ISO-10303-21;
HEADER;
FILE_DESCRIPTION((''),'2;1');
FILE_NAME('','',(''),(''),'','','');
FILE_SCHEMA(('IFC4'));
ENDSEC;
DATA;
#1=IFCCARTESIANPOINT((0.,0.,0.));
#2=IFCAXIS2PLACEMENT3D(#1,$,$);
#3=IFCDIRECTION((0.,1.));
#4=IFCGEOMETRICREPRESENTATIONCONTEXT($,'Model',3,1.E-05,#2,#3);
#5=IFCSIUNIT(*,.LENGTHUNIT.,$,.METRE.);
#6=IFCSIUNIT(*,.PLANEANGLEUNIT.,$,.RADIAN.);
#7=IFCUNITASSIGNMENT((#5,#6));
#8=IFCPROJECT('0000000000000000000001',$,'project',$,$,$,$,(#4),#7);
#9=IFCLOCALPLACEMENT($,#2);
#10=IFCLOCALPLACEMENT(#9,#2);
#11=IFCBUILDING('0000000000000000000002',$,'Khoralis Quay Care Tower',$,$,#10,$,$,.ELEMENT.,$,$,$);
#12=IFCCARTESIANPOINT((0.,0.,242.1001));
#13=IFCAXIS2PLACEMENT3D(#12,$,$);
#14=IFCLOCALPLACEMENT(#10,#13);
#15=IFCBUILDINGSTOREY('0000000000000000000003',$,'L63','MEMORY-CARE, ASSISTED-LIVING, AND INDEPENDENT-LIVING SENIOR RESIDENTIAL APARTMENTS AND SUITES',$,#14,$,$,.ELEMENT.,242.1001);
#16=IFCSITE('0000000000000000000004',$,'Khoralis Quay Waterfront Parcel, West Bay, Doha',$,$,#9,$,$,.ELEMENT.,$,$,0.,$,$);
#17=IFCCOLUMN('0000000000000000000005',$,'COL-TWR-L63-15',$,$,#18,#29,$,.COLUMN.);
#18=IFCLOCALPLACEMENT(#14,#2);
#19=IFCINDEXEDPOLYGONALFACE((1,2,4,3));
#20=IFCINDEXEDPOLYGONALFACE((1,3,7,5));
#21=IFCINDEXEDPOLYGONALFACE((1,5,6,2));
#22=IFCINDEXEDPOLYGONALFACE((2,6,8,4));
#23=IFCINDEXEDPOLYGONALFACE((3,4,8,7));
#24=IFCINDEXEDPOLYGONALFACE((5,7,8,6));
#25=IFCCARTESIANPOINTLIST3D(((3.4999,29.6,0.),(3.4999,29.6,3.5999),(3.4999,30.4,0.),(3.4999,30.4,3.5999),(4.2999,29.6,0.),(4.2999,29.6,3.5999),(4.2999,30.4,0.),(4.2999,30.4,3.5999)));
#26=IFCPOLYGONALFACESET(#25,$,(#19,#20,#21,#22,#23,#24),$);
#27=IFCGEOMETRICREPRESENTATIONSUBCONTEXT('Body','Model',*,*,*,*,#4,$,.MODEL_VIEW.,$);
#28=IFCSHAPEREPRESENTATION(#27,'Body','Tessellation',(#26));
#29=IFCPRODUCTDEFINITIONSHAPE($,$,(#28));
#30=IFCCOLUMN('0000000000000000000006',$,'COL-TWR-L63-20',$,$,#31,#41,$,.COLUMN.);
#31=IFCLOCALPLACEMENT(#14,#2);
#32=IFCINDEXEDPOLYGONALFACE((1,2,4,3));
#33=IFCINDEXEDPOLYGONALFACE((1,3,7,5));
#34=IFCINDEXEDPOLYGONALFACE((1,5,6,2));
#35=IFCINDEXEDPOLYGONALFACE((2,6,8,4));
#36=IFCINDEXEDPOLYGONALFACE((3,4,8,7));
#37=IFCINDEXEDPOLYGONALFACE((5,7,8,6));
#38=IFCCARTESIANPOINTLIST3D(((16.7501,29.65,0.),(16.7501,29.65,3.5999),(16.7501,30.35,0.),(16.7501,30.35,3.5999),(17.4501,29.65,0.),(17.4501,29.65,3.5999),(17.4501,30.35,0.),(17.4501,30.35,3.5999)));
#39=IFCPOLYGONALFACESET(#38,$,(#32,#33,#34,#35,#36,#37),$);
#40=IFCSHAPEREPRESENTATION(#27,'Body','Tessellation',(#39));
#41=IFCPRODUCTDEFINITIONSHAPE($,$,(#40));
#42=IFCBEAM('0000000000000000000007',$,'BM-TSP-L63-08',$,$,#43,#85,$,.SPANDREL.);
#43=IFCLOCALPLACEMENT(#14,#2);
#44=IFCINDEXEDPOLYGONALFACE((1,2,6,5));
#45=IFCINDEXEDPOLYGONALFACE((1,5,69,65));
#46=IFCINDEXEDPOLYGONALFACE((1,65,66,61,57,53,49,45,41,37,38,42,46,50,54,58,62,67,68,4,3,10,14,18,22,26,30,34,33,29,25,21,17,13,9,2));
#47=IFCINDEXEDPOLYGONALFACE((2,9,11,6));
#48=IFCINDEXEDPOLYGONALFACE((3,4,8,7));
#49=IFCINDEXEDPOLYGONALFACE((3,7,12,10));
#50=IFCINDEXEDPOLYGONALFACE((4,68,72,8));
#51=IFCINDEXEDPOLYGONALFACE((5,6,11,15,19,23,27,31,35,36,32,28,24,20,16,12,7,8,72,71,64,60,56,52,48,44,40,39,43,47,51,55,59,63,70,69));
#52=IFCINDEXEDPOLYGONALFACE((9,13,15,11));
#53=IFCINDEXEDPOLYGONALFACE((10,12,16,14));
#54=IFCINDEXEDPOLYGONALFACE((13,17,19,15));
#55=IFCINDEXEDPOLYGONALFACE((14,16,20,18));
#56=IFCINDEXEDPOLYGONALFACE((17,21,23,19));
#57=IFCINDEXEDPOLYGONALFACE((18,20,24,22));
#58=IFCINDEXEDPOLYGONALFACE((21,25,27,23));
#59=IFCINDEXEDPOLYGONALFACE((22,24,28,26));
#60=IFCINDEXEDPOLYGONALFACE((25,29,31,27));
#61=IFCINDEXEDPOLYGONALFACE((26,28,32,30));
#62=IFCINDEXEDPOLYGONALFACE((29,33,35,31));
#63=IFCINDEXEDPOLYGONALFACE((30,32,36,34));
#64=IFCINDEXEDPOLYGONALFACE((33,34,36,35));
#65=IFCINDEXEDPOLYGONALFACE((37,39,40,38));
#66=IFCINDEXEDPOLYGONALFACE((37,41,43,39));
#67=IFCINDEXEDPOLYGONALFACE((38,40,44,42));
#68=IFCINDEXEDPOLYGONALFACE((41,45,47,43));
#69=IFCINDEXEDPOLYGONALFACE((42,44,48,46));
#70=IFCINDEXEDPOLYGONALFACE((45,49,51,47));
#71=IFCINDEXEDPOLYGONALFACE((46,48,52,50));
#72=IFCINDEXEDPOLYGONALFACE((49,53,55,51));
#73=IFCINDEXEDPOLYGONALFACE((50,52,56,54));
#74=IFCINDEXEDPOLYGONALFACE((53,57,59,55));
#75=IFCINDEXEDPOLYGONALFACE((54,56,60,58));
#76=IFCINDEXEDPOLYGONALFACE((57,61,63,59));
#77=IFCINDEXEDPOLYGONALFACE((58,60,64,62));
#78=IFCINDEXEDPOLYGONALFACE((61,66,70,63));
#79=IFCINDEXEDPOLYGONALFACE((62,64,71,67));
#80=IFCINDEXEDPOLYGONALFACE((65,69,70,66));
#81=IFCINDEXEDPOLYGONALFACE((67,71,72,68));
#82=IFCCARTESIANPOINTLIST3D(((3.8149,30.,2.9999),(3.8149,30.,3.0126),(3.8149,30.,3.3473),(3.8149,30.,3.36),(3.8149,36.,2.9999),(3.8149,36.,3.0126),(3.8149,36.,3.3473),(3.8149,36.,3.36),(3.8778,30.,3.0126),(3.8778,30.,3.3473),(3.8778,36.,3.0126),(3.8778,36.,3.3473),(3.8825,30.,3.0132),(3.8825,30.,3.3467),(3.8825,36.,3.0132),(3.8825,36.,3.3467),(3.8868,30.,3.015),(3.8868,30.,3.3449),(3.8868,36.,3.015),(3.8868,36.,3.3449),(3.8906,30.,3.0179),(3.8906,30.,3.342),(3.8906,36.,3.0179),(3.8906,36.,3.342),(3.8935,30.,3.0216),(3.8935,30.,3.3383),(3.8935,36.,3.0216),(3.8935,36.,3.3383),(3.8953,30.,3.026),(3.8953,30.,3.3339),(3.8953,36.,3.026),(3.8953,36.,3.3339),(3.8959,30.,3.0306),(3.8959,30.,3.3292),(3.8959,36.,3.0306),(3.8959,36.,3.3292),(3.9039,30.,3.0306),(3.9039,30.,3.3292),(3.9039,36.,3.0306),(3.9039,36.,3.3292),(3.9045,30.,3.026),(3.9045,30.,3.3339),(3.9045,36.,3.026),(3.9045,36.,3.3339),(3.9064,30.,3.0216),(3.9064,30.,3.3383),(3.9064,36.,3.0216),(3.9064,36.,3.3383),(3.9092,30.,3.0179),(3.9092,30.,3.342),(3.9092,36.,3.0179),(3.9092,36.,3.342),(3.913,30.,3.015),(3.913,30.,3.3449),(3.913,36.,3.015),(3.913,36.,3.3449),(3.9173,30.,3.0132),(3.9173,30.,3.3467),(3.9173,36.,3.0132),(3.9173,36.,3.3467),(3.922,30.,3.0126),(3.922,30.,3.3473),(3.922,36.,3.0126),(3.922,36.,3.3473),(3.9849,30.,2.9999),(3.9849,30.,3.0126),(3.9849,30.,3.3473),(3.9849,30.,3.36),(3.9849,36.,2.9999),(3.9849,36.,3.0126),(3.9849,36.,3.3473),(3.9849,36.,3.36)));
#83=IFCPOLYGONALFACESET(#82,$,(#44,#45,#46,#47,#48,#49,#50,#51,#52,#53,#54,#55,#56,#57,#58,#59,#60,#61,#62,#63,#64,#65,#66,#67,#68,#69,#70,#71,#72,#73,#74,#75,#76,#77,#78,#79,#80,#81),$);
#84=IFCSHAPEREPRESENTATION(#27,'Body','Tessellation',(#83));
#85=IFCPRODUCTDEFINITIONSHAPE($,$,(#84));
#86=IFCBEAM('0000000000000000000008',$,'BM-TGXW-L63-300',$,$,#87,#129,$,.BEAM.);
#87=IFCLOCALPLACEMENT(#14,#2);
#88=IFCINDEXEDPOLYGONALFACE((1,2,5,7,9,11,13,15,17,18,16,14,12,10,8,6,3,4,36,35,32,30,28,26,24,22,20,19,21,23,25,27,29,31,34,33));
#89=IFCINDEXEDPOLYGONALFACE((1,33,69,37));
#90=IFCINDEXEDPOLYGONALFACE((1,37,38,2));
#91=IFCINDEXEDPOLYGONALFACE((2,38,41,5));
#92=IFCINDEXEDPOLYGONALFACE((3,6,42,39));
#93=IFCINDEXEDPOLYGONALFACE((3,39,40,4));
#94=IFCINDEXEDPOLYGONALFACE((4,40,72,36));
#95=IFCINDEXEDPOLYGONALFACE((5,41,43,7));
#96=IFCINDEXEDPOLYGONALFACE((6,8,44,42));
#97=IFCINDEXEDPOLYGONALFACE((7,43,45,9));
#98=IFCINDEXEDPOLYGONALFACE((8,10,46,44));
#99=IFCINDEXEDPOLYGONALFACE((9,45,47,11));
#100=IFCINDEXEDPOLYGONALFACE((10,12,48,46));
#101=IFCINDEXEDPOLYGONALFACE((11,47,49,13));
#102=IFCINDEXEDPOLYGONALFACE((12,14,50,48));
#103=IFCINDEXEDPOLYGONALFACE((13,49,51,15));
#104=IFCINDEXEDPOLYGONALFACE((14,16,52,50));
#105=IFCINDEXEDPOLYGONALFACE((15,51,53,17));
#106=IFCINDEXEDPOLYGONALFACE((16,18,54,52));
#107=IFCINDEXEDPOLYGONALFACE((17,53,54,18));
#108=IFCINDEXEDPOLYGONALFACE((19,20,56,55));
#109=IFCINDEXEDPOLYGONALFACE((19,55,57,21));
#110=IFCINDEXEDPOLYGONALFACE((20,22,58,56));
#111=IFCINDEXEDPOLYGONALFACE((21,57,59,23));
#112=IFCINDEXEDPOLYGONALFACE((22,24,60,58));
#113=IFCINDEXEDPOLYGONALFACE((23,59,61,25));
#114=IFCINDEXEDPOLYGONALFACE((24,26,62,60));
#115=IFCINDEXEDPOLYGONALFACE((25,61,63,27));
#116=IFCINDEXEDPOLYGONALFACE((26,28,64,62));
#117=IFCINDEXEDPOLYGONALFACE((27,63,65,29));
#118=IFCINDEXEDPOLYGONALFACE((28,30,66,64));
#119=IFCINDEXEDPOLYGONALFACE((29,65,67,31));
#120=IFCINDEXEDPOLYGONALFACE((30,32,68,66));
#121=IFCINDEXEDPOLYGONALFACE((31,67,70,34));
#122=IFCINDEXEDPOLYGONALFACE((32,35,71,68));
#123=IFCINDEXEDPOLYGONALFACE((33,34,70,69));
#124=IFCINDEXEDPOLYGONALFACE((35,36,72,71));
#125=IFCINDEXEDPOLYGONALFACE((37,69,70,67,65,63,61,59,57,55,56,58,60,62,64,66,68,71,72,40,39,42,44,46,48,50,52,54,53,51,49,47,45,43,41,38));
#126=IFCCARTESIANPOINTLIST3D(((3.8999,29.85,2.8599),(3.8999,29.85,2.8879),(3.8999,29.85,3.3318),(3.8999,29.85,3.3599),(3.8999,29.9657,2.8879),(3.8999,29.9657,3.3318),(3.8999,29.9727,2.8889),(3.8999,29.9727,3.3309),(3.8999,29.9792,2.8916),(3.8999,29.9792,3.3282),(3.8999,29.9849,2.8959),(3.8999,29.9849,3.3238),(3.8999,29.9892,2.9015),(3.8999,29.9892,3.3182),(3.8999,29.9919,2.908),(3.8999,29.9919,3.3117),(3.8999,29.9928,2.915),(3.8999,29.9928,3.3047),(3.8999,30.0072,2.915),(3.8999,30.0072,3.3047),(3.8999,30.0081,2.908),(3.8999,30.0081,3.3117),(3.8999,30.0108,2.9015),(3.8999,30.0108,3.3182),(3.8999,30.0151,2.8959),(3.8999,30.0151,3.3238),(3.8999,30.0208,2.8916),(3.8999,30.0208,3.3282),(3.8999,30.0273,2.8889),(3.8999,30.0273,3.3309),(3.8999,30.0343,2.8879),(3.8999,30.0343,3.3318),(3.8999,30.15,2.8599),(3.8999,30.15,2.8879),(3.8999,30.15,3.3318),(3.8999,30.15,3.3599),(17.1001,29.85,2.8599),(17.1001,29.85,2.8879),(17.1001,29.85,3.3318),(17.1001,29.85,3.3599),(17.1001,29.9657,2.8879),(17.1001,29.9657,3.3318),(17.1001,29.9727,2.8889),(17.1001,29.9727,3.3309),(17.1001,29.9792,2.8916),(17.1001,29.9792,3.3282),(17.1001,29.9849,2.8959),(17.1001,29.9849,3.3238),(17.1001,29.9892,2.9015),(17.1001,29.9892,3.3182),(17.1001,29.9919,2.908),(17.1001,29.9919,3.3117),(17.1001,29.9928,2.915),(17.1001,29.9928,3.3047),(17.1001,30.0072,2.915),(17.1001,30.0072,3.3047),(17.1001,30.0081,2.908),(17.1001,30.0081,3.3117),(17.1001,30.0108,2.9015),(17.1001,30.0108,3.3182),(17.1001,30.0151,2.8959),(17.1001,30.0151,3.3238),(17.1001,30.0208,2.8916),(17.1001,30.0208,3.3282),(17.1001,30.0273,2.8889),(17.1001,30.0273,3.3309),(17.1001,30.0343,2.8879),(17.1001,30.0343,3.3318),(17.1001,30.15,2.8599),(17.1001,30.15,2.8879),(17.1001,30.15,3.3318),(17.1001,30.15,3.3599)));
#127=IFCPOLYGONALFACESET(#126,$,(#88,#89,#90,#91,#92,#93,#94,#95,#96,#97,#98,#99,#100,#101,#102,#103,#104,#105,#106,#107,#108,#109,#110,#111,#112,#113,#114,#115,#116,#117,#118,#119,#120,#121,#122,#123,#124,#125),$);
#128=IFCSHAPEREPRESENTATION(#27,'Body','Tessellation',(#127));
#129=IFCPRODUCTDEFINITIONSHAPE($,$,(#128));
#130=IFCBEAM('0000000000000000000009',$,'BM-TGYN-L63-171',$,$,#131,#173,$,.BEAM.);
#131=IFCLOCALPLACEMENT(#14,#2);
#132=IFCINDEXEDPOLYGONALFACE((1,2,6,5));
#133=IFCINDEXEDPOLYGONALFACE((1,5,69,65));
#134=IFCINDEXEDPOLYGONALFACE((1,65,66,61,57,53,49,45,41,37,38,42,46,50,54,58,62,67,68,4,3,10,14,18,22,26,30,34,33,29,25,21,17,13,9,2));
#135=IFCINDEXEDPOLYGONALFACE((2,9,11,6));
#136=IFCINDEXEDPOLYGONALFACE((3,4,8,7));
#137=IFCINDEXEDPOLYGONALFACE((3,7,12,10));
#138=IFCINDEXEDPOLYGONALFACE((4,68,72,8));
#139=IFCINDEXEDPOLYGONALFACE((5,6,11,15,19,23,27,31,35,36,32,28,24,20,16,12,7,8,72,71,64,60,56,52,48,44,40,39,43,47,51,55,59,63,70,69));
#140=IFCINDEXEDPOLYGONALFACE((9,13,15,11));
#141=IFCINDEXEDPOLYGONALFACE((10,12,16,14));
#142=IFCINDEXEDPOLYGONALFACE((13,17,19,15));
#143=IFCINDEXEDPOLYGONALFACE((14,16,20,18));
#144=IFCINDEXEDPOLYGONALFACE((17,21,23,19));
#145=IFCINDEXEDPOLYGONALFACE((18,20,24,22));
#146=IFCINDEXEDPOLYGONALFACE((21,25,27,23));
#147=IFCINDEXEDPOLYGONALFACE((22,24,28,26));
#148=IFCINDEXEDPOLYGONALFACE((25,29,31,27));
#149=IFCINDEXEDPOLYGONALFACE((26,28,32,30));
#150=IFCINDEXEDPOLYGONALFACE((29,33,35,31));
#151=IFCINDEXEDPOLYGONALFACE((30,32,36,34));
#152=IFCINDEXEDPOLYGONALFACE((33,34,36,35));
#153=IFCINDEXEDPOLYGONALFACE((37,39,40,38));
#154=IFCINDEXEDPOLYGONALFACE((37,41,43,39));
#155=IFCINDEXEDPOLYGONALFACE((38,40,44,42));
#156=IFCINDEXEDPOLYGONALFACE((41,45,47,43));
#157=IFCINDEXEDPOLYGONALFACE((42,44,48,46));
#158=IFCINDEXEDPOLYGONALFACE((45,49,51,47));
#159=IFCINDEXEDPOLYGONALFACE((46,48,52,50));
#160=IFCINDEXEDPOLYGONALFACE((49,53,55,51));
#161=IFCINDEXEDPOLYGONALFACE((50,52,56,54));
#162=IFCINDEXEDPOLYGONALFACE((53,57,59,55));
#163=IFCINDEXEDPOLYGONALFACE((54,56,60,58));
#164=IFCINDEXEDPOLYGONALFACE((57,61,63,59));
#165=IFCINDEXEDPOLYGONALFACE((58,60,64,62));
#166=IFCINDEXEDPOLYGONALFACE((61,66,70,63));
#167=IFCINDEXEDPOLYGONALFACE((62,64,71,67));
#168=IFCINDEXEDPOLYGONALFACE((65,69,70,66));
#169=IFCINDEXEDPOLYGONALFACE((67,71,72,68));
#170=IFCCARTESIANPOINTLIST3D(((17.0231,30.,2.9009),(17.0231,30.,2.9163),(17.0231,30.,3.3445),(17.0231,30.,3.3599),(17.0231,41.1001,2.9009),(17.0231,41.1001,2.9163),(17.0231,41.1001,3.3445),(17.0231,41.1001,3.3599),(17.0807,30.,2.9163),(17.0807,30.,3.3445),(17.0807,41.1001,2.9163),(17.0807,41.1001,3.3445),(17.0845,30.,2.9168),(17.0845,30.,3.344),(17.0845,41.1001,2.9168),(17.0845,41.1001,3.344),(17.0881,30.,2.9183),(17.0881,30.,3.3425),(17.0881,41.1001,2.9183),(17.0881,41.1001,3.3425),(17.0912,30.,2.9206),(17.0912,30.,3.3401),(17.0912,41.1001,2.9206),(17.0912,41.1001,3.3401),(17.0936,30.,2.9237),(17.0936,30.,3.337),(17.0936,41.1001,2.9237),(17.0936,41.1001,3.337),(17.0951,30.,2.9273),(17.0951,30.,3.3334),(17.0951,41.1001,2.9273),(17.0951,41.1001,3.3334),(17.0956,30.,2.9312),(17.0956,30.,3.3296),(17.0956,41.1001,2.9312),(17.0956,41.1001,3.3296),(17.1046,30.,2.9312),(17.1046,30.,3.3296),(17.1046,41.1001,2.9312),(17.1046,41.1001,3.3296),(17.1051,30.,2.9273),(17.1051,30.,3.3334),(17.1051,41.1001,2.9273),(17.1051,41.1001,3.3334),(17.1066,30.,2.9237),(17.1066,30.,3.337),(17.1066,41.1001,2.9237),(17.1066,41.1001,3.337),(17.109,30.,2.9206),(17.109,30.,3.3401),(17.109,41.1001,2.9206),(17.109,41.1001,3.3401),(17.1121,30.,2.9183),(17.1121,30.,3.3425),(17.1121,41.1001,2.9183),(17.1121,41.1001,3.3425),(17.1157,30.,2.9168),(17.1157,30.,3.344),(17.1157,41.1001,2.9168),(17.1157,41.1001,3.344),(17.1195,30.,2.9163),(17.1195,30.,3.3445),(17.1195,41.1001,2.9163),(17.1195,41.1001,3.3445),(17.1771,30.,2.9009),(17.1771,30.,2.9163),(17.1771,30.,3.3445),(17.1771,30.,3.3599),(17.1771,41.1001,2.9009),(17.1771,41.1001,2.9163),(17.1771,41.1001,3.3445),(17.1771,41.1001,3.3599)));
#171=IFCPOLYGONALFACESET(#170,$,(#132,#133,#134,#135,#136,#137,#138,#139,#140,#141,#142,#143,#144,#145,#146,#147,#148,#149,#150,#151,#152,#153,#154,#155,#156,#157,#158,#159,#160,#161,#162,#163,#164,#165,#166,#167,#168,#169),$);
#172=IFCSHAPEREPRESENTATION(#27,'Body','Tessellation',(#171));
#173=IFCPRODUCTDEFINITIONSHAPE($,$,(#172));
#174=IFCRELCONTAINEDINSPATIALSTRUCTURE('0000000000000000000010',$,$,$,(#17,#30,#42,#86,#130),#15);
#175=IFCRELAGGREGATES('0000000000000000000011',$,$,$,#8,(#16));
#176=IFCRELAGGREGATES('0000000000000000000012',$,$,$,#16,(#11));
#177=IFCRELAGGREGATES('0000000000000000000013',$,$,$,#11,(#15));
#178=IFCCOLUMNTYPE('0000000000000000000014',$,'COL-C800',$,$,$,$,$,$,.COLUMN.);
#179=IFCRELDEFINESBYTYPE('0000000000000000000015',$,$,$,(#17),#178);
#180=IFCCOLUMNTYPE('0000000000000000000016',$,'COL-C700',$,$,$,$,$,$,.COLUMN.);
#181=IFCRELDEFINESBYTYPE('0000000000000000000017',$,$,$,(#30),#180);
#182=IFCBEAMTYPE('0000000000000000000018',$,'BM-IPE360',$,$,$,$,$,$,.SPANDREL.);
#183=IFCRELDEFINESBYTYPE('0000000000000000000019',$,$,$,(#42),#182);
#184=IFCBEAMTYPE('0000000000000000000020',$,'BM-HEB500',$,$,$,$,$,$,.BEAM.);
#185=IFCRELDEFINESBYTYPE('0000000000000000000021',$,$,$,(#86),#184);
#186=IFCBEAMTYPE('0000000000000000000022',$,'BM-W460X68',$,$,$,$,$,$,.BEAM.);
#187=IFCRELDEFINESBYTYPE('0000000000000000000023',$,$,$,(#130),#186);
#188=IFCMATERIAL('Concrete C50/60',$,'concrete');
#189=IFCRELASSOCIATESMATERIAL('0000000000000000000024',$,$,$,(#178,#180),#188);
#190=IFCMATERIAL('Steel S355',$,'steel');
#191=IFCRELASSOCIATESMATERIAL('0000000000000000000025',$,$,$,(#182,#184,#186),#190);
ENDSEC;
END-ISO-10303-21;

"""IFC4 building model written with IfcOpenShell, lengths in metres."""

from ifc_helpers import new_model, si_unit, direction, frame, origin, origin_2d, place, context, subcontext, project, spatial, rectangle, i_section, extrude, source, transform, mapped, material, material_profile, profile_set, type_object, element, save


model = new_model("IFC4")

# Units and contexts
model_context = context("Model", 3, precision=1e-05, world=origin(), true_north=direction((0.0, 1.0)))
body_context = subcontext(model_context, "Body", "Model", "MODEL_VIEW")
ifc_project = project(units=[si_unit("LENGTHUNIT", "METRE"), si_unit("PLANEANGLEUNIT", "RADIAN")], contexts=[model_context])

# Site, building, storey
site_placement = place(None, origin())
site = spatial("IfcSite", under=ifc_project, at=site_placement, Name="Khoralis Quay Waterfront Parcel, West Bay, Doha", CompositionType="ELEMENT", RefElevation=0.0)
building_placement = place(site_placement, origin())
building = spatial("IfcBuilding", under=site, at=building_placement, Name="Khoralis Quay Care Tower", CompositionType="ELEMENT")
storey_placement = place(building_placement, frame((0.0, 0.0, 242.1001)))
storey = spatial("IfcBuildingStorey", under=building, at=storey_placement, Name="L63", Description="MEMORY-CARE, ASSISTED-LIVING, AND INDEPENDENT-LIVING SENIOR RESIDENTIAL APARTMENTS AND SUITES", CompositionType="ELEMENT", Elevation=242.1001)

# Columns
ifc_material_1 = material(Name="Concrete C50/60", Category="concrete")
ifc_material_profile_1 = material_profile(ifc_material_1, rectangle(XDim=0.8, YDim=0.8, at=origin_2d()), Name="Concrete C50/60")
ifc_profile_set_1 = profile_set([ifc_material_profile_1], Name="Concrete C50/60")
column_type_1 = type_object("IfcColumnType", Name="COL-C800", PredefinedType="COLUMN", material=ifc_profile_set_1)
shared_shape_1 = source(origin(), body_context, "Body", "SweptSolid", [
    extrude(rectangle(XDim=0.8, YDim=0.8, at=origin_2d()), origin(), (0.0, 0.0, 1.0), 3.5999),
])
column_1_placement = place(storey_placement, frame((3.8999, 30.0, 0.0), z_axis=(0.0, 0.0, 1.0), x_axis=(1.0, 0.0, 0.0)))
element("IfcColumn", 1, at=column_1_placement, inside=storey, type_object=column_type_1, Name="COL-TWR-L63-15", PredefinedType="COLUMN", context=body_context, shape_type="MappedRepresentation", body=[
    mapped(shared_shape_1, transform((0.0, 0.0, 0.0), scale=1.0)),
])
ifc_material_profile_2 = material_profile(ifc_material_1, rectangle(XDim=0.7, YDim=0.7, at=origin_2d()), Name="Concrete C50/60")
ifc_profile_set_2 = profile_set([ifc_material_profile_2], Name="Concrete C50/60")
column_type_2 = type_object("IfcColumnType", Name="COL-C700", PredefinedType="COLUMN", material=ifc_profile_set_2)
shared_shape_2 = source(origin(), body_context, "Body", "SweptSolid", [
    extrude(rectangle(XDim=0.7, YDim=0.7, at=origin_2d()), origin(), (0.0, 0.0, 1.0), 3.5999),
])
column_2_placement = place(storey_placement, frame((17.1001, 30.0, 0.0), z_axis=(0.0, 0.0, 1.0), x_axis=(1.0, 0.0, 0.0)))
element("IfcColumn", 2, at=column_2_placement, inside=storey, type_object=column_type_2, Name="COL-TWR-L63-20", PredefinedType="COLUMN", context=body_context, shape_type="MappedRepresentation", body=[
    mapped(shared_shape_2, transform((0.0, 0.0, 0.0), scale=1.0)),
])

# Beams
ifc_material_2 = material(Name="Steel S355", Category="steel")
ifc_material_profile_3 = material_profile(ifc_material_2, i_section(OverallWidth=0.1699, OverallDepth=0.3601, WebThickness=0.0081, FlangeThickness=0.0127, FilletRadius=0.0181, at=origin_2d()), Name="Steel S355")
ifc_profile_set_3 = profile_set([ifc_material_profile_3], Name="Steel S355")
beam_type_1 = type_object("IfcBeamType", Name="BM-IPE360", PredefinedType="SPANDREL", material=ifc_profile_set_3)
shared_shape_3 = source(origin(), body_context, "Body", "SweptSolid", [
    extrude(i_section(OverallWidth=0.1699, OverallDepth=0.3601, WebThickness=0.0081, FlangeThickness=0.0127, FilletRadius=0.0181, at=origin_2d()), origin(), (0.0, 0.0, 1.0), 6.0),
])
beam_1_placement = place(storey_placement, frame((3.8999, 30.0, 3.1799), z_axis=(0.0, 1.0, 0.0), x_axis=(-1.0, 0.0, 0.0)))
element("IfcBeam", 3, at=beam_1_placement, inside=storey, type_object=beam_type_1, Name="BM-TSP-L63-08", PredefinedType="SPANDREL", context=body_context, shape_type="MappedRepresentation", body=[
    mapped(shared_shape_3, transform((0.0, 0.0, 0.0), scale=1.0)),
])
ifc_material_profile_4 = material_profile(ifc_material_2, i_section(OverallWidth=0.3, OverallDepth=0.5, WebThickness=0.0144, FlangeThickness=0.0281, FilletRadius=0.0271, at=origin_2d()), Name="Steel S355")
ifc_profile_set_4 = profile_set([ifc_material_profile_4], Name="Steel S355")
beam_type_2 = type_object("IfcBeamType", Name="BM-HEB500", PredefinedType="BEAM", material=ifc_profile_set_4)
shared_shape_4 = source(origin(), body_context, "Body", "SweptSolid", [
    extrude(i_section(OverallWidth=0.3, OverallDepth=0.5, WebThickness=0.0144, FlangeThickness=0.0281, FilletRadius=0.0271, at=origin_2d()), origin(), (0.0, 0.0, 1.0), 13.2002),
])
beam_2_placement = place(storey_placement, frame((3.8999, 30.0, 3.1099), z_axis=(1.0, 0.0, 0.0), x_axis=(0.0, 1.0, 0.0)))
element("IfcBeam", 4, at=beam_2_placement, inside=storey, type_object=beam_type_2, Name="BM-TGXW-L63-300", PredefinedType="BEAM", context=body_context, shape_type="MappedRepresentation", body=[
    mapped(shared_shape_4, transform((0.0, 0.0, 0.0), scale=1.0)),
])
ifc_material_profile_5 = material_profile(ifc_material_2, i_section(OverallWidth=0.1541, OverallDepth=0.459, WebThickness=0.009, FlangeThickness=0.0154, FilletRadius=0.0149, at=origin_2d()), Name="Steel S355")
ifc_profile_set_5 = profile_set([ifc_material_profile_5], Name="Steel S355")
beam_type_3 = type_object("IfcBeamType", Name="BM-W460X68", PredefinedType="BEAM", material=ifc_profile_set_5)
shared_shape_5 = source(origin(), body_context, "Body", "SweptSolid", [
    extrude(i_section(OverallWidth=0.1541, OverallDepth=0.459, WebThickness=0.009, FlangeThickness=0.0154, FilletRadius=0.0149, at=origin_2d()), origin(), (0.0, 0.0, 1.0), 11.1001),
])
beam_3_placement = place(storey_placement, frame((17.1001, 30.0, 3.1304), z_axis=(0.0, 1.0, 0.0), x_axis=(-1.0, 0.0, 0.0)))
element("IfcBeam", 5, at=beam_3_placement, inside=storey, type_object=beam_type_3, Name="BM-TGYN-L63-171", PredefinedType="BEAM", context=body_context, shape_type="MappedRepresentation", body=[
    mapped(shared_shape_5, transform((0.0, 0.0, 0.0), scale=1.0)),
])

save(model, "model.ifc")
